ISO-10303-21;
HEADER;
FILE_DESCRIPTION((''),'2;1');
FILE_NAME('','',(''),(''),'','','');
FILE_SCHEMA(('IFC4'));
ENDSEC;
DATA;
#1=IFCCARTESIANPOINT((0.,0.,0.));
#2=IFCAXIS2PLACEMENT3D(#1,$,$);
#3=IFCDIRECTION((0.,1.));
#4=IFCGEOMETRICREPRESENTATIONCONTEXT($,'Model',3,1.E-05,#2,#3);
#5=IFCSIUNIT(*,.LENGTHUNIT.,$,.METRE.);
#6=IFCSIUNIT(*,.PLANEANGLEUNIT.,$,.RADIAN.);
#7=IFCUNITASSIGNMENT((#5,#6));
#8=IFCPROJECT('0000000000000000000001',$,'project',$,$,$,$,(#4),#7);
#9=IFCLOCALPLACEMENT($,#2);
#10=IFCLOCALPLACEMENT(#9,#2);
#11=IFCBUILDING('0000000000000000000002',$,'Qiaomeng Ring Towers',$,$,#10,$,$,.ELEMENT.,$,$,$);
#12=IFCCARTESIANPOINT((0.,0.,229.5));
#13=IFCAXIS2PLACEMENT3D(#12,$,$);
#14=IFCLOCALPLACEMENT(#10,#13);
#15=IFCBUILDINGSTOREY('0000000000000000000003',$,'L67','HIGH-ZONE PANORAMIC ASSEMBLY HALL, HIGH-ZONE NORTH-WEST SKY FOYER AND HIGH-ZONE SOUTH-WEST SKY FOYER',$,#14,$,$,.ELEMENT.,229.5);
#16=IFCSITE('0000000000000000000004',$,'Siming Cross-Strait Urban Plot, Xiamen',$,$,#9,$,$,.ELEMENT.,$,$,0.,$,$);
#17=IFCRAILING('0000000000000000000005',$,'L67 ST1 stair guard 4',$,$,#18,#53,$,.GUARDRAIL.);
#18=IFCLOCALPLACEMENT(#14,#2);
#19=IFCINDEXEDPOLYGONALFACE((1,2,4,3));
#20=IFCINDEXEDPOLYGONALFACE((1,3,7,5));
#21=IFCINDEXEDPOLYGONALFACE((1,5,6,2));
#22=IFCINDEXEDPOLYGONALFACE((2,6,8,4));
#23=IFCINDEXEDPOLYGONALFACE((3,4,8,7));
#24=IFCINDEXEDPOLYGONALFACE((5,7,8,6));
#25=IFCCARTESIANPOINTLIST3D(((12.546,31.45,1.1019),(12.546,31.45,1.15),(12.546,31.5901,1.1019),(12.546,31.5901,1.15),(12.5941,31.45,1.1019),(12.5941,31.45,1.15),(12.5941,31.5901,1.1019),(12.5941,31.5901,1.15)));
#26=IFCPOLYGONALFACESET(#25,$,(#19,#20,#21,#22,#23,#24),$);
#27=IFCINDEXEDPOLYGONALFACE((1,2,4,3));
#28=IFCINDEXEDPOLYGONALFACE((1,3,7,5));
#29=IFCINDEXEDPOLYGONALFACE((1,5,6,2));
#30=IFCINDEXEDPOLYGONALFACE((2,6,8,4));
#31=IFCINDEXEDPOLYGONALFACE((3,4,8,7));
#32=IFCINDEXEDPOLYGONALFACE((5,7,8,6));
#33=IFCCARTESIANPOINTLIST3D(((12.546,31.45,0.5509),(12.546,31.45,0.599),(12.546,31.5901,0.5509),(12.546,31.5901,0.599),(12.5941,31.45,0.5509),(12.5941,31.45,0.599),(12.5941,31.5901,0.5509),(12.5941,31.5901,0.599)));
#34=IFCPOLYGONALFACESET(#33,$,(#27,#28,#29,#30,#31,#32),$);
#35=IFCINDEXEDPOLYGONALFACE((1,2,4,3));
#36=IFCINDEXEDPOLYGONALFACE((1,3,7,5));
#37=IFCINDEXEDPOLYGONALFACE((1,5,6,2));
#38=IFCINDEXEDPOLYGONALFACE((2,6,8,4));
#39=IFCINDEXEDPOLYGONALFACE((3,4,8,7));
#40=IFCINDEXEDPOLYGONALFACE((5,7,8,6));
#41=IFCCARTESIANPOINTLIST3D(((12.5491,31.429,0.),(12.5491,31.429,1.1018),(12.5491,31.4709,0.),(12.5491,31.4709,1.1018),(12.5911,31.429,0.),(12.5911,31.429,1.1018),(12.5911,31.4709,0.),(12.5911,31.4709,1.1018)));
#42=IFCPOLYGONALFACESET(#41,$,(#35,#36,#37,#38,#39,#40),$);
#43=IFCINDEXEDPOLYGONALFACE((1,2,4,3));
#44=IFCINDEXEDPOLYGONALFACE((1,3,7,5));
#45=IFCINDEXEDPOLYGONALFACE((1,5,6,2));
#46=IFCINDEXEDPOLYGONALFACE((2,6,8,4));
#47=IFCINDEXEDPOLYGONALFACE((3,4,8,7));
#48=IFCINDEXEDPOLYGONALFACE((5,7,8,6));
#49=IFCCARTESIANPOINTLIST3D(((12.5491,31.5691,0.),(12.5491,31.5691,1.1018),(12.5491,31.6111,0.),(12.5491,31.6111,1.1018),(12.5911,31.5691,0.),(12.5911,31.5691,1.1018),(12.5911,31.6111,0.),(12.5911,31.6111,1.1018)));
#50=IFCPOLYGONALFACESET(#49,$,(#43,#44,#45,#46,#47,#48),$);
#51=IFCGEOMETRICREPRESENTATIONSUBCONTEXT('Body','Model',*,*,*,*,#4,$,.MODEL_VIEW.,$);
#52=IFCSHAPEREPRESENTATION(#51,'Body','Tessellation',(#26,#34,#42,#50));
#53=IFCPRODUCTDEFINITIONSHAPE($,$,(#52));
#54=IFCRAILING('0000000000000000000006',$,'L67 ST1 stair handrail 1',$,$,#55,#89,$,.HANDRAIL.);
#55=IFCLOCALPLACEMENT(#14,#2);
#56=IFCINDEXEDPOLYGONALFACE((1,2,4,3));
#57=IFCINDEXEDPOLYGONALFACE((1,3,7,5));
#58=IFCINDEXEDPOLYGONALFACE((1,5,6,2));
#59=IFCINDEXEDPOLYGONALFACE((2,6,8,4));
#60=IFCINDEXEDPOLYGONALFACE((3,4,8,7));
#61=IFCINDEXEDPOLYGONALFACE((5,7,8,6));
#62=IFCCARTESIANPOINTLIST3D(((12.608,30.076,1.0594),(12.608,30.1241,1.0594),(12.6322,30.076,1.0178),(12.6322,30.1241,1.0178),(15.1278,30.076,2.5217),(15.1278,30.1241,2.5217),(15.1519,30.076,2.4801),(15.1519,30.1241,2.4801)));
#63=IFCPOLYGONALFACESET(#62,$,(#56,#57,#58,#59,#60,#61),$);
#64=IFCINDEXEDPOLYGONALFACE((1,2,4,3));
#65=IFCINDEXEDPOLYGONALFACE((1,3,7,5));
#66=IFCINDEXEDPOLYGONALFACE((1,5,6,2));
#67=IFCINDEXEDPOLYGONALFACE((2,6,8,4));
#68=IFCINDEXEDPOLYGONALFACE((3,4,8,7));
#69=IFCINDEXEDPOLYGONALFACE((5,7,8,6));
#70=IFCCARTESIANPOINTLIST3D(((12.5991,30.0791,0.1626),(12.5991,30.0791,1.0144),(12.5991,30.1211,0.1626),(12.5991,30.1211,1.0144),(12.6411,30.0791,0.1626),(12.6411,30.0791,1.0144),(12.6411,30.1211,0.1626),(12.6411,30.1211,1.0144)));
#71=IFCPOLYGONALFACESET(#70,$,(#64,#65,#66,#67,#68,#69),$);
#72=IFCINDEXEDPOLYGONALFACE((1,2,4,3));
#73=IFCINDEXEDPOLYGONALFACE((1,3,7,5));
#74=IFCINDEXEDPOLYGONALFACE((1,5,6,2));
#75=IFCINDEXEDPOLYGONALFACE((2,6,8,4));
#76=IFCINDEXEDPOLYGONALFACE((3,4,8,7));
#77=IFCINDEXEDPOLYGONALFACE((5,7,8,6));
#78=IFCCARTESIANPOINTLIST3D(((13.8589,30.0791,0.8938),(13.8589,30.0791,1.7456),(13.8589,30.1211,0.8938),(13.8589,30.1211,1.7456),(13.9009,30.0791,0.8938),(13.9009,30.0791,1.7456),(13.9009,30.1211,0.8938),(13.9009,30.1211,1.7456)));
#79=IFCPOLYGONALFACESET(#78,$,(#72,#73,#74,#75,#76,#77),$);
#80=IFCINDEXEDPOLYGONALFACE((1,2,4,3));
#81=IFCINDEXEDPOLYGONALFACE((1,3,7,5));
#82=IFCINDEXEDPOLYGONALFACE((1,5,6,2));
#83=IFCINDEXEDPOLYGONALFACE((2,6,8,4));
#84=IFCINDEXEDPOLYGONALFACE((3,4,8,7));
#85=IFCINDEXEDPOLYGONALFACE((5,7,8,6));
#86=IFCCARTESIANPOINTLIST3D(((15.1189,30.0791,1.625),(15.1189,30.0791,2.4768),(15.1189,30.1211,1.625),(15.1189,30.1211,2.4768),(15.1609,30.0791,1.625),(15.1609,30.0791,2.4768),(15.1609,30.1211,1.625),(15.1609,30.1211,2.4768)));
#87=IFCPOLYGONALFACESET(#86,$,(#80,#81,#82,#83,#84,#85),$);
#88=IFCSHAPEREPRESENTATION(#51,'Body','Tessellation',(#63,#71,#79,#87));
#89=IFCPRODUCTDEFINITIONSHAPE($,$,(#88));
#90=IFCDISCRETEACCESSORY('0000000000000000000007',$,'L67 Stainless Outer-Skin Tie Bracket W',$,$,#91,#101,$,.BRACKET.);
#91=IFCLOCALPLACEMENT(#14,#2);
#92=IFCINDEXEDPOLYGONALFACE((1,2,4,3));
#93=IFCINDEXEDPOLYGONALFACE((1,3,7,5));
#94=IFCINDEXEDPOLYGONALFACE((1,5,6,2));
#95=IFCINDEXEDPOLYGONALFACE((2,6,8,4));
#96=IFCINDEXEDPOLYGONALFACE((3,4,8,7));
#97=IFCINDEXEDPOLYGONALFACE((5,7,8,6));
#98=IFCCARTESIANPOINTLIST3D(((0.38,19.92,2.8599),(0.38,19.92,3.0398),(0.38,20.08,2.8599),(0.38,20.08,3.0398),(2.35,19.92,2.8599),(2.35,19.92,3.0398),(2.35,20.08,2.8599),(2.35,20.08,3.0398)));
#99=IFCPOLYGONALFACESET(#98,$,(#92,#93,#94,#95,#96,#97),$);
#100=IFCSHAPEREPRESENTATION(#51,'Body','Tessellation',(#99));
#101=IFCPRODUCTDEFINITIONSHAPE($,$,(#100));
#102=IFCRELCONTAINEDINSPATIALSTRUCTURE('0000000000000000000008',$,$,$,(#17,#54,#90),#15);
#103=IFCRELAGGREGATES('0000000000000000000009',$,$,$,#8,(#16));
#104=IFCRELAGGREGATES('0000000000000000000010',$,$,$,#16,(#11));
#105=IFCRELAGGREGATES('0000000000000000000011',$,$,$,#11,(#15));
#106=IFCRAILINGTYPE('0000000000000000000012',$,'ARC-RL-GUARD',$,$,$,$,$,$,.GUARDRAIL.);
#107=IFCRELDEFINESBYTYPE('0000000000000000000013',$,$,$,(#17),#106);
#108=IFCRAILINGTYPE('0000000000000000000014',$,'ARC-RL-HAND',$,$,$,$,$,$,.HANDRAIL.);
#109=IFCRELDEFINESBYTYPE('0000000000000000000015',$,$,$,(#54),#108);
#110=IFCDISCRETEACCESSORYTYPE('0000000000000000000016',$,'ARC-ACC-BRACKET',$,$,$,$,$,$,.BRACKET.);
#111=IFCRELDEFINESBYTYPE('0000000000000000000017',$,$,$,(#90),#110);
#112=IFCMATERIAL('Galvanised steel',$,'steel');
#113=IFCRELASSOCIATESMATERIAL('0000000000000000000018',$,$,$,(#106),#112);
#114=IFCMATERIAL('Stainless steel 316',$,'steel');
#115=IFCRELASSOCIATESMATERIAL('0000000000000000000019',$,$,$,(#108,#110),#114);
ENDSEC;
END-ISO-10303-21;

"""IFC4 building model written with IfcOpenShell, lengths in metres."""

from ifc_helpers import new_model, si_unit, direction, frame, origin, origin_2d, place, context, subcontext, project, spatial, rectangle, extrude, source, transform, mapped, material, type_object, element, save


model = new_model("IFC4")

# Units and contexts
model_context = context("Model", 3, precision=1e-05, world=origin(), true_north=direction((0.0, 1.0)))
body_context = subcontext(model_context, "Body", "Model", "MODEL_VIEW")
ifc_project = project(units=[si_unit("LENGTHUNIT", "METRE"), si_unit("PLANEANGLEUNIT", "RADIAN")], contexts=[model_context])

# Site, building, storey
site_placement = place(None, origin())
site = spatial("IfcSite", under=ifc_project, at=site_placement, Name="Siming Cross-Strait Urban Plot, Xiamen", CompositionType="ELEMENT", RefElevation=0.0)
building_placement = place(site_placement, origin())
building = spatial("IfcBuilding", under=site, at=building_placement, Name="Qiaomeng Ring Towers", CompositionType="ELEMENT")
storey_placement = place(building_placement, frame((0.0, 0.0, 229.5)))
storey = spatial("IfcBuildingStorey", under=building, at=storey_placement, Name="L67", Description="HIGH-ZONE PANORAMIC ASSEMBLY HALL, HIGH-ZONE NORTH-WEST SKY FOYER AND HIGH-ZONE SOUTH-WEST SKY FOYER", CompositionType="ELEMENT", Elevation=229.5)

# Shared definitions
ifc_material_1 = material(Name="Stainless steel 316", Category="steel")

# Railings
ifc_material_2 = material(Name="Galvanised steel", Category="steel")
railing_type_1 = type_object("IfcRailingType", Name="ARC-RL-GUARD", PredefinedType="GUARDRAIL", material=ifc_material_2)
for number, where, name in (
    (1, (12.5701, 31.45, 0.0), "L67 ST1 stair guard 4"),
):
    element("IfcRailing", number, at=place(storey_placement, frame(where)), inside=storey, type_object=railing_type_1, Name=name, PredefinedType="GUARDRAIL", context=body_context, shape_type="SweptSolid", body=[
        extrude(rectangle(XDim=0.0481, YDim=0.0481, at=origin_2d()), frame((0.0, 0.0, 1.126), z_axis=(0.0, 1.0, 0.0), x_axis=(-1.0, 0.0, 0.0)), (0.0, 0.0, 1.0), 0.1401),
        extrude(rectangle(XDim=0.0481, YDim=0.0481, at=origin_2d()), frame((0.0, 0.0, 0.575), z_axis=(0.0, 1.0, 0.0), x_axis=(-1.0, 0.0, 0.0)), (0.0, 0.0, 1.0), 0.1401),
        extrude(rectangle(XDim=0.042, YDim=0.042, at=origin_2d()), origin(), (0.0, 0.0, 1.0), 1.1018),
        extrude(rectangle(XDim=0.042, YDim=0.042, at=origin_2d()), frame((0.0, 0.1401, 0.0)), (0.0, 0.0, 1.0), 1.1018),
    ])
railing_type_2 = type_object("IfcRailingType", Name="ARC-RL-HAND", PredefinedType="HANDRAIL", material=ifc_material_1)
railing_1_placement = place(storey_placement, frame((12.6201, 30.1001, 0.1626)))
element("IfcRailing", 2, at=railing_1_placement, inside=storey, type_object=railing_type_2, Name="L67 ST1 stair handrail 1", PredefinedType="HANDRAIL", context=body_context, shape_type="SweptSolid", body=[
    extrude(rectangle(XDim=0.0481, YDim=0.0481, at=origin_2d()), frame((0.0, 0.0, 0.876), z_axis=(0.864892, 0.0, 0.501958), x_axis=(0.0, 1.0, 0.0)), (0.0, 0.0, 1.0), 2.9133),
    extrude(rectangle(XDim=0.042, YDim=0.042, at=origin_2d()), origin(), (0.0, 0.0, 1.0), 0.8518),
    extrude(rectangle(XDim=0.042, YDim=0.042, at=origin_2d()), frame((1.2598, 0.0, 0.7312)), (0.0, 0.0, 1.0), 0.8518),
    extrude(rectangle(XDim=0.042, YDim=0.042, at=origin_2d()), frame((2.5198, 0.0, 1.4624)), (0.0, 0.0, 1.0), 0.8518),
])

# Discrete accessory
discrete_accessory_type = type_object("IfcDiscreteAccessoryType", Name="ARC-ACC-BRACKET", PredefinedType="BRACKET", material=ifc_material_1)
shared_shape_1 = source(origin(), body_context, "Body", "SweptSolid", [
    extrude(rectangle(XDim=1.97, YDim=0.1599, at=origin_2d()), origin(), (0.0, 0.0, 1.0), 0.1799),
])
discrete_accessory_placement = place(storey_placement, frame((1.365, 20.0, 2.8599), z_axis=(0.0, 0.0, 1.0), x_axis=(1.0, 0.0, 0.0)))
element("IfcDiscreteAccessory", 3, at=discrete_accessory_placement, inside=storey, type_object=discrete_accessory_type, Name="L67 Stainless Outer-Skin Tie Bracket W", PredefinedType="BRACKET", context=body_context, shape_type="MappedRepresentation", body=[
    mapped(shared_shape_1, transform((0.0, 0.0, 0.0), x_axis=(1.0, 0.0, 0.0), y_axis=(0.0, 1.0, 0.0), z_axis=(0.0, 0.0, 1.0), scale=1.0)),
])

save(model, "model.ifc")
